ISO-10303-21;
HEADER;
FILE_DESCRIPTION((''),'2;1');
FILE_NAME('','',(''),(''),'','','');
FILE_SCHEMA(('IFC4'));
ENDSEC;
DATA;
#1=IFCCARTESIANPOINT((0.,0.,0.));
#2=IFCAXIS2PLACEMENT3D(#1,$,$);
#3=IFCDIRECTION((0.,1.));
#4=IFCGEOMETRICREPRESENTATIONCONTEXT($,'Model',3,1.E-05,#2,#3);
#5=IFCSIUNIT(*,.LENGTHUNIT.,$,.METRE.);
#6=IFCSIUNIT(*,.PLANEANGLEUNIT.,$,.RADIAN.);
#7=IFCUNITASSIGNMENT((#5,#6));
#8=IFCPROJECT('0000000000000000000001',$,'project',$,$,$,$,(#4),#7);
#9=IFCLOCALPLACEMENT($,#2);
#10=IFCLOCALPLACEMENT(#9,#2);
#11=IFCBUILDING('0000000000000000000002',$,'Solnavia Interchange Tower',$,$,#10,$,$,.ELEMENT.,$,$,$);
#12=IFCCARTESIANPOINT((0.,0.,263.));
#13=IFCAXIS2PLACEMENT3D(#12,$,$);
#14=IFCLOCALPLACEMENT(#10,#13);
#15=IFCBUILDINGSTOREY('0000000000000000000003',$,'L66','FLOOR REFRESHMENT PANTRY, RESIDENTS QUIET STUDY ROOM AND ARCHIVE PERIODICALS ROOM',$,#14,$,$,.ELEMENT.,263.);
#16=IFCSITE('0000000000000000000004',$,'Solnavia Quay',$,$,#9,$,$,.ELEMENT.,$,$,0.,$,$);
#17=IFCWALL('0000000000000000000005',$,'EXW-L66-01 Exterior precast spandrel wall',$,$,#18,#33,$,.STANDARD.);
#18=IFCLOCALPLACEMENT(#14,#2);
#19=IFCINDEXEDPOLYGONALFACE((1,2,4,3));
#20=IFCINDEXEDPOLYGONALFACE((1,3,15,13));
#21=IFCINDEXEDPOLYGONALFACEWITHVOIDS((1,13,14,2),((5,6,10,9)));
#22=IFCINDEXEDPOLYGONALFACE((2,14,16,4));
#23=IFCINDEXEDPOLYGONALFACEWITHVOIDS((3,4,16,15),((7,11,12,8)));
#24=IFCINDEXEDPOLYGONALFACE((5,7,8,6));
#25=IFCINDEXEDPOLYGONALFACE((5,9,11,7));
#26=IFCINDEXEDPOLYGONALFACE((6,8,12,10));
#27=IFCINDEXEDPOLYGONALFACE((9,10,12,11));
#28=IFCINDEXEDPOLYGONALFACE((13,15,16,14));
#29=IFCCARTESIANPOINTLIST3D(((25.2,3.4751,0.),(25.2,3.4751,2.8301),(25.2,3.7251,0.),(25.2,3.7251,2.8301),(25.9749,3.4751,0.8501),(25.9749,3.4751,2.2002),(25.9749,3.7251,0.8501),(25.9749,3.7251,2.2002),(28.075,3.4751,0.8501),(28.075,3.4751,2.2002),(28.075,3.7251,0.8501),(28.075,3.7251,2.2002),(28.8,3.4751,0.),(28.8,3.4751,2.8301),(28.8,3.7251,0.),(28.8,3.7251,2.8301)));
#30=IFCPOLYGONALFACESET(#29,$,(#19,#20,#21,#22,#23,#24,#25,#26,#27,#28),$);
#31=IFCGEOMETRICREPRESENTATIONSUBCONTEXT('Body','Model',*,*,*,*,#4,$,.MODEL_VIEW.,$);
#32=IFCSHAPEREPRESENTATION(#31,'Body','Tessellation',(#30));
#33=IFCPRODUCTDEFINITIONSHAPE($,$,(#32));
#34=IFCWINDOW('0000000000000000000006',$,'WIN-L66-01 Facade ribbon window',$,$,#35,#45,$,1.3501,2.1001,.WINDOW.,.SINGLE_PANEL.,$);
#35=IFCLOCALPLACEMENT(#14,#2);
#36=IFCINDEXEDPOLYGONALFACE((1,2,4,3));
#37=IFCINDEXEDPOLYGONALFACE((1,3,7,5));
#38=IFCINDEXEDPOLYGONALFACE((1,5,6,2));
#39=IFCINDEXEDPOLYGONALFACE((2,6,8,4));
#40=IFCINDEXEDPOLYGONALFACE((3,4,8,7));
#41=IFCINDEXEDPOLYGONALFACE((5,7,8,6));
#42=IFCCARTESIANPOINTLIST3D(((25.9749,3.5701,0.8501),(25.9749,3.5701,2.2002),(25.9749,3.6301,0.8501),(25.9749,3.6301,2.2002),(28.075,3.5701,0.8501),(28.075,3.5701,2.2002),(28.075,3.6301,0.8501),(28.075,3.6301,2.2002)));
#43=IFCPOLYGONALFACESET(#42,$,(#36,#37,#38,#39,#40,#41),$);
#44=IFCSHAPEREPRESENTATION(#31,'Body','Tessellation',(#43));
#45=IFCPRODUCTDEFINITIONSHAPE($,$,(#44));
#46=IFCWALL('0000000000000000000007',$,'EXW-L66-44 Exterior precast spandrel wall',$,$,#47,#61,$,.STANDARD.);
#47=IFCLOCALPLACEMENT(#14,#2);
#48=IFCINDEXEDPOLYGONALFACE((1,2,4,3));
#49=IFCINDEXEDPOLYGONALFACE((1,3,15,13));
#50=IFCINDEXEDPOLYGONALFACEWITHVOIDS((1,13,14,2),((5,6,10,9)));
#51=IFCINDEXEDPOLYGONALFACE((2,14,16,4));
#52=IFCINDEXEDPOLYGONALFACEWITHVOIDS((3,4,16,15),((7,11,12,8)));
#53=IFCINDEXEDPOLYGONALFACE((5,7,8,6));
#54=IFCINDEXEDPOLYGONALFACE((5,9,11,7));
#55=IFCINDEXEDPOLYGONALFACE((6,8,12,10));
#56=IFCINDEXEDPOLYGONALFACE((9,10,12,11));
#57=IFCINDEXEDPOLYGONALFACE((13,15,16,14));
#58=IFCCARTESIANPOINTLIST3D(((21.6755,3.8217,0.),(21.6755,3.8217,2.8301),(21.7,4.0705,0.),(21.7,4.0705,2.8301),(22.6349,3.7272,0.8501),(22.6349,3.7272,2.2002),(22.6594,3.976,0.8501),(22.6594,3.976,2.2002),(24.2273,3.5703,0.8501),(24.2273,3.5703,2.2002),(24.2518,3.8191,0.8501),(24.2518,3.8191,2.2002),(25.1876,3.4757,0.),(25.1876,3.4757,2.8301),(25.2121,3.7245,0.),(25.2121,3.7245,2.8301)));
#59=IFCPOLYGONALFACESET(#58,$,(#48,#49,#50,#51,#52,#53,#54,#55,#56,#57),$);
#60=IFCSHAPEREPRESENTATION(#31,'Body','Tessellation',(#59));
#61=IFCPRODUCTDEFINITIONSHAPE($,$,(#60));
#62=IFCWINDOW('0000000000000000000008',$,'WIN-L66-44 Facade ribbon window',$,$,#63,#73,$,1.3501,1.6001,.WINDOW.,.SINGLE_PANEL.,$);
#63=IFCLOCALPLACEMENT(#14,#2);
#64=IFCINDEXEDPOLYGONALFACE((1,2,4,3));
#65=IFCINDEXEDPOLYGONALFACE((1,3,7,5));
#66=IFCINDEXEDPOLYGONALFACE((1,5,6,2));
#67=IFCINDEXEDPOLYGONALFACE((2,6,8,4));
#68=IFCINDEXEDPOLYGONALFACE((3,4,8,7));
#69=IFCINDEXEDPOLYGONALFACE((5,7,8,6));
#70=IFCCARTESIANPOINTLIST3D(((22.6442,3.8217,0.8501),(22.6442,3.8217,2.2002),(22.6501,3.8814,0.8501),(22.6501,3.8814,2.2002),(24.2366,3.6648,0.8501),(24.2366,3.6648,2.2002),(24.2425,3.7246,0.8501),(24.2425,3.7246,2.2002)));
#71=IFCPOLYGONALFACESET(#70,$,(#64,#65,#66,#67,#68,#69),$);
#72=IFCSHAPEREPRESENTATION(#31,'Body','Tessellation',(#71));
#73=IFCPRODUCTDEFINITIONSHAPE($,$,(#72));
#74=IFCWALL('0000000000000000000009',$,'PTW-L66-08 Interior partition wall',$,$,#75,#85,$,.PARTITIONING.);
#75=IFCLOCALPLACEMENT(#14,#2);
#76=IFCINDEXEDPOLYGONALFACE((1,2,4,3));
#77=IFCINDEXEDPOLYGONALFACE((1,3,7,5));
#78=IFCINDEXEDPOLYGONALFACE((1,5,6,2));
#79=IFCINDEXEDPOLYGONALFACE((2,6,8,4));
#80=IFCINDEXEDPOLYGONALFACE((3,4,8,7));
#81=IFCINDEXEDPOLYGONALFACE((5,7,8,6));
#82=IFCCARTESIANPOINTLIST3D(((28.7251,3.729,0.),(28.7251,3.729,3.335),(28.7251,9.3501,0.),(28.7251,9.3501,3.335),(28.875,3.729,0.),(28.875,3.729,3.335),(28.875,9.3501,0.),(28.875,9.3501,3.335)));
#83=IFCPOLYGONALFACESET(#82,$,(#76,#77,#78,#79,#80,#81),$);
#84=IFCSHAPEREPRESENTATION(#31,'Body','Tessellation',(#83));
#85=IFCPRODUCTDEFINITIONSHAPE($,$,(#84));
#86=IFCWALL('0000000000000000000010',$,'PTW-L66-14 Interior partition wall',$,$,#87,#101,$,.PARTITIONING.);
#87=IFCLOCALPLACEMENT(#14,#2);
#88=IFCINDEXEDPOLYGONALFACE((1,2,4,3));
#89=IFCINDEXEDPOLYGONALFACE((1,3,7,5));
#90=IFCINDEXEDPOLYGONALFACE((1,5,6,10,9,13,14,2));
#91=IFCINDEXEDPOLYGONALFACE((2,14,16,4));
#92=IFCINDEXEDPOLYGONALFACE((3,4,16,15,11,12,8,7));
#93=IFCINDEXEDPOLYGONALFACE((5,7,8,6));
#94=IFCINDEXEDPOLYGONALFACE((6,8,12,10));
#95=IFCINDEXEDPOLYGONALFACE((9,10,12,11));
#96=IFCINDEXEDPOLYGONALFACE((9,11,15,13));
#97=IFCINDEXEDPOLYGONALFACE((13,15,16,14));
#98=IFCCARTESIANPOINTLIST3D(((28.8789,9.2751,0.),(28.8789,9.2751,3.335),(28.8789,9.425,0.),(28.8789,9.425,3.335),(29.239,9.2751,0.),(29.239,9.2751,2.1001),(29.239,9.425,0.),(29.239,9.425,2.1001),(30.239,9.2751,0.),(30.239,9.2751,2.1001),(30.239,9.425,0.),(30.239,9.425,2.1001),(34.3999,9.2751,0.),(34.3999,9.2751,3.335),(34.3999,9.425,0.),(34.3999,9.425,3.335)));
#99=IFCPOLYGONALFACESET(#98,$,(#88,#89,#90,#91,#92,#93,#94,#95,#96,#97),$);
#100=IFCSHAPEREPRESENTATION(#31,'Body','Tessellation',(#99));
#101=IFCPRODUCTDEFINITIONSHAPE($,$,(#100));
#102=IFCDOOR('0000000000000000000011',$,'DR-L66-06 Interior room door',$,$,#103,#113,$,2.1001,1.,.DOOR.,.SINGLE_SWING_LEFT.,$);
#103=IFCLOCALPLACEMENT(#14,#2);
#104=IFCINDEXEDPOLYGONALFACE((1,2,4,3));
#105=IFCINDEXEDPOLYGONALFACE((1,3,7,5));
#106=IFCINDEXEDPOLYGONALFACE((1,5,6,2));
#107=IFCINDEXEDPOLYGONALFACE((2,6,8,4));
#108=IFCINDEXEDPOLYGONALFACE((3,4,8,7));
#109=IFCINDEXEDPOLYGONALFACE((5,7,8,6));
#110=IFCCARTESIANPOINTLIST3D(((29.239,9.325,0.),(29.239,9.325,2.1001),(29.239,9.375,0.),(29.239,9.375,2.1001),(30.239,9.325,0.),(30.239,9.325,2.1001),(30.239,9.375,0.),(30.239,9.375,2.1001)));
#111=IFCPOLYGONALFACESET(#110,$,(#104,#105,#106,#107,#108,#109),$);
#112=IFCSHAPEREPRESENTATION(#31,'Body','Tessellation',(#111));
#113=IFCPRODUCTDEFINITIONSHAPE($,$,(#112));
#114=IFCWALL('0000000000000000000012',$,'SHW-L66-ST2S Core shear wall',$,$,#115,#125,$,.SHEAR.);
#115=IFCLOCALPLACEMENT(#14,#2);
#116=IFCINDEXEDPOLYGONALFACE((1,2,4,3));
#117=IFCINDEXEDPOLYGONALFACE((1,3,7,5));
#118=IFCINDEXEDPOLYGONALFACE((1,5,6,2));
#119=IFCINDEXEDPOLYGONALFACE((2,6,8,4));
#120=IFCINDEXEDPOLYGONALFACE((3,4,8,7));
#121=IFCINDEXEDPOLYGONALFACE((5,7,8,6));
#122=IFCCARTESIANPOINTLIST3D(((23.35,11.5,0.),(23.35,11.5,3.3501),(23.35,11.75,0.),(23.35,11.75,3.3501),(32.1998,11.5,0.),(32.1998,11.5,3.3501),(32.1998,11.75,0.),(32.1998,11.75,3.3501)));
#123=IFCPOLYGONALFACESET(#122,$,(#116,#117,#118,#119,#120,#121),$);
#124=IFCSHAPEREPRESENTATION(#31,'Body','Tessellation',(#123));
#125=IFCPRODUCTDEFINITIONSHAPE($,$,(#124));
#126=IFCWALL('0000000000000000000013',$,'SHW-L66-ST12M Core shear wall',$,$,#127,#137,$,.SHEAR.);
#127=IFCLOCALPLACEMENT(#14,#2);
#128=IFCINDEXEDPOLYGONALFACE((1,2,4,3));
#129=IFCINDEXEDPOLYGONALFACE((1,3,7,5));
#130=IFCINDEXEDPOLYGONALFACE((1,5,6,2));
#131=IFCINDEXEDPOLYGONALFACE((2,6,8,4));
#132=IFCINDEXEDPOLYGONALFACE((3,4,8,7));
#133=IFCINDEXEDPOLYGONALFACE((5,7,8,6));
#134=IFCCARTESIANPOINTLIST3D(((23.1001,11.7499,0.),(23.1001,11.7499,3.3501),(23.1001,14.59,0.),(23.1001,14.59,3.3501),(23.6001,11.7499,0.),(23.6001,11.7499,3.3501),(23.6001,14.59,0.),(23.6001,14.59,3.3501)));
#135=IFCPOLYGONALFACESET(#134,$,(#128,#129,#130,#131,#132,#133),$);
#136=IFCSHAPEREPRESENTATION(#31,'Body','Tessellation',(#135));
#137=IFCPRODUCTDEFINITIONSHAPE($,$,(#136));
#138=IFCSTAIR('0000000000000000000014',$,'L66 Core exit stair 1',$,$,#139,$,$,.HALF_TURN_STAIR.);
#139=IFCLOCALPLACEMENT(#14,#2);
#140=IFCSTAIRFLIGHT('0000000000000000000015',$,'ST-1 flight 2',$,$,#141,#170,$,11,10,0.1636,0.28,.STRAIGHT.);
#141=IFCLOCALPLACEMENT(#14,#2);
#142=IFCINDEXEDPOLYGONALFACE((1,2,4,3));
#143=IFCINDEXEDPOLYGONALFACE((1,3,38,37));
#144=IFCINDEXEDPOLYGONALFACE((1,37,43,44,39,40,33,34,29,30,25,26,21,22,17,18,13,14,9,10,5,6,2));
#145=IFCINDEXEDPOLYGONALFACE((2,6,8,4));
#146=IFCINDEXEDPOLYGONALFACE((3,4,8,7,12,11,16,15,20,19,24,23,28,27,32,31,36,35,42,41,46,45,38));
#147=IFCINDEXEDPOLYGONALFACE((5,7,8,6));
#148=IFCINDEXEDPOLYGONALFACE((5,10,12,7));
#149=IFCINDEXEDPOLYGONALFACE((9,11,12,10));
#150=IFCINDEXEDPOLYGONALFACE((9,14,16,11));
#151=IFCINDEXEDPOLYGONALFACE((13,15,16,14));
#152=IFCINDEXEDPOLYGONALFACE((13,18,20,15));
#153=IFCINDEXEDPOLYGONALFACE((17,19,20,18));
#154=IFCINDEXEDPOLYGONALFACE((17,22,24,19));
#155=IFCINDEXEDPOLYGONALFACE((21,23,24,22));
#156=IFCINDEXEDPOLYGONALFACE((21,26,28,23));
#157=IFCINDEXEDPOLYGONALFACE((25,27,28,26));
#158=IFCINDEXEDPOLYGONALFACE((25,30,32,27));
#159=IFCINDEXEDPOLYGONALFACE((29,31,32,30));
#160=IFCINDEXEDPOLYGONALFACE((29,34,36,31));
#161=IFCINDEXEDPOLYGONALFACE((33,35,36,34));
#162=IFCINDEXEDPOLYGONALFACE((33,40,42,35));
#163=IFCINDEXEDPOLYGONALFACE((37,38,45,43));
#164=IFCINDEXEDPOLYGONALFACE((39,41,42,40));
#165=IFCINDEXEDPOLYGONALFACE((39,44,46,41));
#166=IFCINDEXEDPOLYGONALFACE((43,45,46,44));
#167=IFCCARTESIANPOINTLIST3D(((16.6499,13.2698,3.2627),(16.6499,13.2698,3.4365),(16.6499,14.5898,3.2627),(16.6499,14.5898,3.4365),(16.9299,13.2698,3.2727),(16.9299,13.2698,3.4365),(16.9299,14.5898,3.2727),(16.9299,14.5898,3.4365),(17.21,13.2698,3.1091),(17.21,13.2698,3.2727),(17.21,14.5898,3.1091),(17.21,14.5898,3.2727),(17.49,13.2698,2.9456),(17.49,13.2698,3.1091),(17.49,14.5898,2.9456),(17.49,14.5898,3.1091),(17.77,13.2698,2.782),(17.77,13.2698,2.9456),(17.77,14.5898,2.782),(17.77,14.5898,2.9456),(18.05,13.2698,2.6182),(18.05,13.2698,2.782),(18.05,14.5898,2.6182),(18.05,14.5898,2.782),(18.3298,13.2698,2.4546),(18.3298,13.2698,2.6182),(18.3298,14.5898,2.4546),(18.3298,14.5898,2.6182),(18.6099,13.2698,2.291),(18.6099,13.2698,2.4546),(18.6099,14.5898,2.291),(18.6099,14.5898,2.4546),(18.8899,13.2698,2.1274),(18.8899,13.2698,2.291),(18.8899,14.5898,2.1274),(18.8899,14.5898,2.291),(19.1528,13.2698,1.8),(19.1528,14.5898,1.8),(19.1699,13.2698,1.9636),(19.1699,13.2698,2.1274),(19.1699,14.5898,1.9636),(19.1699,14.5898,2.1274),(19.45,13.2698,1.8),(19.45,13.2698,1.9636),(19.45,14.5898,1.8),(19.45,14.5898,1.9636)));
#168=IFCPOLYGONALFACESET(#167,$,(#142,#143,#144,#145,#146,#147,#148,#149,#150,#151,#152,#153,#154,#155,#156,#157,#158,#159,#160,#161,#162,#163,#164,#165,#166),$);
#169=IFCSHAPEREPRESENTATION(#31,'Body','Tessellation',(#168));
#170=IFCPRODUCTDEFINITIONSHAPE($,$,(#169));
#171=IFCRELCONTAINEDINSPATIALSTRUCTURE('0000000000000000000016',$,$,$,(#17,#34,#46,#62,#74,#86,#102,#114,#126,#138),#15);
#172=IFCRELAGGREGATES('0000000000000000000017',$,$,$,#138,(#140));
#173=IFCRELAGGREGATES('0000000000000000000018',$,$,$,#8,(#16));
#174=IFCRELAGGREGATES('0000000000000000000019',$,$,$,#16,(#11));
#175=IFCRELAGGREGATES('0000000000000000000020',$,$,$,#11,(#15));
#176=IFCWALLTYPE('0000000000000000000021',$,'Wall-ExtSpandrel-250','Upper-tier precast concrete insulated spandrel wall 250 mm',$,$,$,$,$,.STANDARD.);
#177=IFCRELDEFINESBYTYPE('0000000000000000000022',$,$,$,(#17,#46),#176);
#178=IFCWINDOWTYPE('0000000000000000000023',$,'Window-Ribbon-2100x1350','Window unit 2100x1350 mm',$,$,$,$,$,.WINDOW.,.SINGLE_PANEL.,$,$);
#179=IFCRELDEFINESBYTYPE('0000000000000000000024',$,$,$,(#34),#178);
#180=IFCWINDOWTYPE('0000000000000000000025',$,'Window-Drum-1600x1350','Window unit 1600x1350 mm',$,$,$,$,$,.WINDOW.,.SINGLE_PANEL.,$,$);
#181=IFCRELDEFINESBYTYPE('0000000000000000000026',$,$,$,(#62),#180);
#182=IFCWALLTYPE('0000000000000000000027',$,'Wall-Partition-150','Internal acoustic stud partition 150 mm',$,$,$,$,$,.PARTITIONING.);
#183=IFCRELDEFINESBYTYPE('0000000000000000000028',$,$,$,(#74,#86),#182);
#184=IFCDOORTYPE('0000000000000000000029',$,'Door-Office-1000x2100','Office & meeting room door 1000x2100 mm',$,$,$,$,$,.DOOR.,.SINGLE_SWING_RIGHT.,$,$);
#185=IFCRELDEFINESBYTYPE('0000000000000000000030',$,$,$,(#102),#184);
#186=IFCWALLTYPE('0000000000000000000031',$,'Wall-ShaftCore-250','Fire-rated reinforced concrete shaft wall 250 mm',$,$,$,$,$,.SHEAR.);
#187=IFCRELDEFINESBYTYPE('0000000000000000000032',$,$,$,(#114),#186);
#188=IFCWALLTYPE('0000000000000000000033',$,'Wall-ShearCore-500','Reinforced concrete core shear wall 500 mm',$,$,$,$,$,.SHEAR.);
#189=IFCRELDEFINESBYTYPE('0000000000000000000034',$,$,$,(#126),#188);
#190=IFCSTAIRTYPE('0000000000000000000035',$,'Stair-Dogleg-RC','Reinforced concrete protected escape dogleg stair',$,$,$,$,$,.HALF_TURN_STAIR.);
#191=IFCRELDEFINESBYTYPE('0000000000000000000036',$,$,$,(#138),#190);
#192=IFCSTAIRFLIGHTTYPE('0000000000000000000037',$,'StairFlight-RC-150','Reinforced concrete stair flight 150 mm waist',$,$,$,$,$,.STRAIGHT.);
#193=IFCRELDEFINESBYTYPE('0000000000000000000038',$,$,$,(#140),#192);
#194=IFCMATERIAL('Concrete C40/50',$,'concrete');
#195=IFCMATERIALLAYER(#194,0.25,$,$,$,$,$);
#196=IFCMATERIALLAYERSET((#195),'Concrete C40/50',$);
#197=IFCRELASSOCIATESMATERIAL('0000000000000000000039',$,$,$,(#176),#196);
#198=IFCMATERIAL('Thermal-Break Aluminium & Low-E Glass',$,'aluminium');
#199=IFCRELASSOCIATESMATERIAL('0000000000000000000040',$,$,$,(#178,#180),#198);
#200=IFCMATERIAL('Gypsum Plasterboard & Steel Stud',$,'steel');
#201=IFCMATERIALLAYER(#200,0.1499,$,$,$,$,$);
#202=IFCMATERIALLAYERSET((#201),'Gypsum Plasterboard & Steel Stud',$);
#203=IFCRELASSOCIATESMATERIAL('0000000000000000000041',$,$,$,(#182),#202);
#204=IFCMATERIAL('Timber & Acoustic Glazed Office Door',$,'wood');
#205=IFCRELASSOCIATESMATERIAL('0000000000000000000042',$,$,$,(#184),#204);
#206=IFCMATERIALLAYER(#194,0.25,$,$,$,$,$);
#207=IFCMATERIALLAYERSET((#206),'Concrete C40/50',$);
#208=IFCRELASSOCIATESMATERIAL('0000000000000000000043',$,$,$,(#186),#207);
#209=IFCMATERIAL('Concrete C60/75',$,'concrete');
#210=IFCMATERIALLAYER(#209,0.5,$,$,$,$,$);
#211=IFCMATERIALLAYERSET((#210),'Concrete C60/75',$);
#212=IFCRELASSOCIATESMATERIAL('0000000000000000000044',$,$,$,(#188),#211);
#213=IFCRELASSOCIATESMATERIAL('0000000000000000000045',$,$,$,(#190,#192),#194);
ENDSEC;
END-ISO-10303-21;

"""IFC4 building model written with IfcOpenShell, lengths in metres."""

from ifc_helpers import new_model, si_unit, direction, frame, frame_2d, origin, place, context, subcontext, project, spatial, polyline, rectangle, outline, extrude, material, layer, layer_set, type_object, element, fill, aggregate, save


model = new_model("IFC4")

# Units and contexts
model_context = context("Model", 3, precision=1e-05, world=origin(), true_north=direction((0.0, 1.0)))
body_context = subcontext(model_context, "Body", "Model", "MODEL_VIEW")
ifc_project = project(units=[si_unit("LENGTHUNIT", "METRE"), si_unit("PLANEANGLEUNIT", "RADIAN")], contexts=[model_context])

# Site, building, storey
site_placement = place(None, origin())
site = spatial("IfcSite", under=ifc_project, at=site_placement, Name="Solnavia Quay", CompositionType="ELEMENT", RefElevation=0.0)
building_placement = place(site_placement, origin())
building = spatial("IfcBuilding", under=site, at=building_placement, Name="Solnavia Interchange Tower", CompositionType="ELEMENT")
storey_placement = place(building_placement, frame((0.0, 0.0, 263.0)))
storey = spatial("IfcBuildingStorey", under=building, at=storey_placement, Name="L66", Description="FLOOR REFRESHMENT PANTRY, RESIDENTS QUIET STUDY ROOM AND ARCHIVE PERIODICALS ROOM", CompositionType="ELEMENT", Elevation=263.0)

# Walls, openings, windows
ifc_material_1 = material(Name="Concrete C40/50", Category="concrete")
ifc_layer_1 = layer(ifc_material_1, 0.25)
ifc_layer_set_1 = layer_set([ifc_layer_1], Name="Concrete C40/50")
wall_type_1 = type_object("IfcWallType", Name="Wall-ExtSpandrel-250", Description="Upper-tier precast concrete insulated spandrel wall 250 mm", PredefinedType="STANDARD", material=ifc_layer_set_1)
wall_1_placement = place(storey_placement, frame((28.8, 3.6001, 0.0), z_axis=(0.0, 0.0, 1.0), x_axis=(-1.0, 0.0, 0.0)))
wall_1 = element("IfcWall", 1, at=wall_1_placement, inside=storey, type_object=wall_type_1, Name="EXW-L66-01 Exterior precast spandrel wall", PredefinedType="STANDARD", context=body_context, shape_type="SweptSolid", body=[
    extrude(rectangle(XDim=3.6001, YDim=0.25, at=frame_2d((1.8, 0.0))), origin(), (0.0, 0.0, 1.0), 2.8301),
])
opening_1_placement = place(wall_1_placement, frame((0.7251, 0.0, 0.8501)))
opening_1 = element("IfcOpeningElement", 2, at=opening_1_placement, cuts=wall_1, PredefinedType="OPENING", context=body_context, shape_type="SweptSolid", body=[
    extrude(rectangle(XDim=2.1001, YDim=1.3501, at=frame_2d((1.05, 0.675))), frame((0.0, 0.135, 0.0), z_axis=(0.0, -1.0, 0.0), x_axis=(1.0, 0.0, 0.0)), (0.0, 0.0, 1.0), 0.27),
])
ifc_material_2 = material(Name="Thermal-Break Aluminium & Low-E Glass", Category="aluminium")
window_type_1 = type_object("IfcWindowType", Name="Window-Ribbon-2100x1350", Description="Window unit 2100x1350 mm", PartitioningType="SINGLE_PANEL", PredefinedType="WINDOW", material=ifc_material_2)
window_1_placement = place(opening_1_placement, origin())
window_1 = element("IfcWindow", 3, at=window_1_placement, inside=storey, type_object=window_type_1, Name="WIN-L66-01 Facade ribbon window", OverallHeight=1.3501, OverallWidth=2.1001, PartitioningType="SINGLE_PANEL", PredefinedType="WINDOW", context=body_context, shape_type="SweptSolid", body=[
    extrude(rectangle(XDim=2.1001, YDim=1.3501, at=frame_2d((1.05, 0.675))), frame((0.0, 0.03, 0.0), z_axis=(0.0, -1.0, 0.0), x_axis=(1.0, 0.0, 0.0)), (0.0, 0.0, 1.0), 0.0601),
])
fill(opening_1, window_1)
wall_2_placement = place(storey_placement, frame((25.2, 3.6001, 0.0), z_axis=(0.0, 0.0, 1.0), x_axis=(-0.995183, 0.098031, 0.0)))
wall_2 = element("IfcWall", 4, at=wall_2_placement, inside=storey, type_object=wall_type_1, Name="EXW-L66-44 Exterior precast spandrel wall", PredefinedType="STANDARD", context=body_context, shape_type="SweptSolid", body=[
    extrude(rectangle(XDim=3.5291, YDim=0.25, at=frame_2d((1.7646, 0.0))), origin(), (0.0, 0.0, 1.0), 2.8301),
])
opening_2_placement = place(wall_2_placement, frame((0.9651, 0.0, 0.8501)))
opening_2 = element("IfcOpeningElement", 5, at=opening_2_placement, cuts=wall_2, PredefinedType="OPENING", context=body_context, shape_type="SweptSolid", body=[
    extrude(rectangle(XDim=1.6001, YDim=1.3501, at=frame_2d((0.8, 0.675))), frame((0.0, 0.135, 0.0), z_axis=(0.0, -1.0, 0.0), x_axis=(1.0, 0.0, 0.0)), (0.0, 0.0, 1.0), 0.27),
])
window_type_2 = type_object("IfcWindowType", Name="Window-Drum-1600x1350", Description="Window unit 1600x1350 mm", PartitioningType="SINGLE_PANEL", PredefinedType="WINDOW", material=ifc_material_2)
window_2_placement = place(opening_2_placement, origin())
window_2 = element("IfcWindow", 6, at=window_2_placement, inside=storey, type_object=window_type_2, Name="WIN-L66-44 Facade ribbon window", OverallHeight=1.3501, OverallWidth=1.6001, PartitioningType="SINGLE_PANEL", PredefinedType="WINDOW", context=body_context, shape_type="SweptSolid", body=[
    extrude(rectangle(XDim=1.6001, YDim=1.3501, at=frame_2d((0.8, 0.675))), frame((0.0, 0.03, 0.0), z_axis=(0.0, -1.0, 0.0), x_axis=(1.0, 0.0, 0.0)), (0.0, 0.0, 1.0), 0.0601),
])
fill(opening_2, window_2)

# Wall
ifc_material_3 = material(Name="Gypsum Plasterboard & Steel Stud", Category="steel")
ifc_layer_2 = layer(ifc_material_3, 0.1499)
ifc_layer_set_2 = layer_set([ifc_layer_2], Name="Gypsum Plasterboard & Steel Stud")
wall_type_2 = type_object("IfcWallType", Name="Wall-Partition-150", Description="Internal acoustic stud partition 150 mm", PredefinedType="PARTITIONING", material=ifc_layer_set_2)
wall_3_placement = place(storey_placement, frame((28.8, 9.3501, 0.0), z_axis=(0.0, 0.0, 1.0), x_axis=(0.0, -1.0, 0.0)))
element("IfcWall", 7, at=wall_3_placement, inside=storey, type_object=wall_type_2, Name="PTW-L66-08 Interior partition wall", PredefinedType="PARTITIONING", context=body_context, shape_type="SweptSolid", body=[
    extrude(rectangle(XDim=5.6211, YDim=0.1499, at=frame_2d((2.8105, 0.0))), origin(), (0.0, 0.0, 1.0), 3.335),
])

# Wall, opening, door
wall_4_placement = place(storey_placement, frame((28.8789, 9.3501, 0.0), z_axis=(0.0, 0.0, 1.0), x_axis=(1.0, 0.0, 0.0)))
wall_4 = element("IfcWall", 8, at=wall_4_placement, inside=storey, type_object=wall_type_2, Name="PTW-L66-14 Interior partition wall", PredefinedType="PARTITIONING", context=body_context, shape_type="SweptSolid", body=[
    extrude(rectangle(XDim=5.521, YDim=0.1499, at=frame_2d((2.7605, 0.0))), origin(), (0.0, 0.0, 1.0), 3.335),
])
opening_3_placement = place(wall_4_placement, frame((0.3601, 0.0, 0.0)))
opening_3 = element("IfcOpeningElement", 9, at=opening_3_placement, cuts=wall_4, PredefinedType="OPENING", context=body_context, shape_type="SweptSolid", body=[
    extrude(rectangle(XDim=1.0, YDim=2.1001, at=frame_2d((0.5, 1.05))), frame((0.0, 0.085, 0.0), z_axis=(0.0, -1.0, 0.0), x_axis=(1.0, 0.0, 0.0)), (0.0, 0.0, 1.0), 0.1699),
])
ifc_material_4 = material(Name="Timber & Acoustic Glazed Office Door", Category="wood")
door_type = type_object("IfcDoorType", Name="Door-Office-1000x2100", Description="Office & meeting room door 1000x2100 mm", OperationType="SINGLE_SWING_RIGHT", PredefinedType="DOOR", material=ifc_material_4)
door_placement = place(opening_3_placement, origin())
door = element("IfcDoor", 10, at=door_placement, inside=storey, type_object=door_type, Name="DR-L66-06 Interior room door", OperationType="SINGLE_SWING_LEFT", OverallHeight=2.1001, OverallWidth=1.0, PredefinedType="DOOR", context=body_context, shape_type="SweptSolid", body=[
    extrude(rectangle(XDim=1.0, YDim=2.1001, at=frame_2d((0.5, 1.05))), frame((0.0, 0.0249, 0.0), z_axis=(0.0, -1.0, 0.0), x_axis=(1.0, 0.0, 0.0)), (0.0, 0.0, 1.0), 0.05),
])
fill(opening_3, door)

# Walls
ifc_layer_3 = layer(ifc_material_1, 0.25)
ifc_layer_set_3 = layer_set([ifc_layer_3], Name="Concrete C40/50")
wall_type_3 = type_object("IfcWallType", Name="Wall-ShaftCore-250", Description="Fire-rated reinforced concrete shaft wall 250 mm", PredefinedType="SHEAR", material=ifc_layer_set_3)
wall_5_placement = place(storey_placement, frame((23.3501, 11.625, 0.0), z_axis=(0.0, 0.0, 1.0), x_axis=(1.0, 0.0, 0.0)))
element("IfcWall", 11, at=wall_5_placement, inside=storey, type_object=wall_type_3, Name="SHW-L66-ST2S Core shear wall", PredefinedType="SHEAR", context=body_context, shape_type="SweptSolid", body=[
    extrude(rectangle(XDim=8.8499, YDim=0.25, at=frame_2d((4.4248, 0.0))), origin(), (0.0, 0.0, 1.0), 3.3501),
])
ifc_material_5 = material(Name="Concrete C60/75", Category="concrete")
ifc_layer_4 = layer(ifc_material_5, 0.5)
ifc_layer_set_4 = layer_set([ifc_layer_4], Name="Concrete C60/75")
wall_type_4 = type_object("IfcWallType", Name="Wall-ShearCore-500", Description="Reinforced concrete core shear wall 500 mm", PredefinedType="SHEAR", material=ifc_layer_set_4)
wall_6_placement = place(storey_placement, frame((23.3501, 11.75, 0.0), z_axis=(0.0, 0.0, 1.0), x_axis=(0.0, 1.0, 0.0)))
element("IfcWall", 12, at=wall_6_placement, inside=storey, type_object=wall_type_4, Name="SHW-L66-ST12M Core shear wall", PredefinedType="SHEAR", context=body_context, shape_type="SweptSolid", body=[
    extrude(rectangle(XDim=2.8401, YDim=0.5, at=frame_2d((1.4199, 0.0))), origin(), (0.0, 0.0, 1.0), 3.3501),
])

# Stair, stair flight
stair_type = type_object("IfcStairType", Name="Stair-Dogleg-RC", Description="Reinforced concrete protected escape dogleg stair", PredefinedType="HALF_TURN_STAIR", material=ifc_material_1)
stair_1_placement = place(storey_placement, origin())
stair_1 = element("IfcStair", 13, at=stair_1_placement, inside=storey, type_object=stair_type, Name="L66 Core exit stair 1", PredefinedType="HALF_TURN_STAIR")
stair_flight_type = type_object("IfcStairFlightType", Name="StairFlight-RC-150", Description="Reinforced concrete stair flight 150 mm waist", PredefinedType="STRAIGHT", material=ifc_material_1)
stair_flight_1_placement = place(storey_placement, frame((19.45, 13.9299, 1.8), z_axis=(0.0, 0.0, 1.0), x_axis=(-1.0, 0.0, 0.0)))
stair_flight_1 = element("IfcStairFlight", 14, at=stair_flight_1_placement, type_object=stair_flight_type, Name="ST-1 flight 2", NumberOfRisers=11, NumberOfTreads=10, PredefinedType="STRAIGHT", RiserHeight=0.1636, TreadLength=0.28, context=body_context, shape_type="SweptSolid", body=[
    extrude(outline(polyline([(0.0, 0.0), (0.0, 0.1636), (0.28, 0.1636), (0.28, 0.3274), (0.5601, 0.3274), (0.5601, 0.491), (0.8401, 0.491), (0.8401, 0.6545), (1.1201, 0.6545), (1.1201, 0.8181), (1.3999, 0.8181), (1.3999, 0.9819), (1.6799, 0.9819), (1.6799, 1.1455), (1.96, 1.1455), (1.96, 1.3091), (2.24, 1.3091), (2.24, 1.4727), (2.52, 1.4727), (2.52, 1.6365), (2.8, 1.6365), (2.8, 1.8), (2.8, 1.4626), (0.2971, 0.0), (0.0, 0.0)])), frame((0.0, 0.6602, 0.0), z_axis=(0.0, -1.0, 0.0), x_axis=(1.0, 0.0, 0.0)), (0.0, 0.0, 1.0), 1.3201),
])
aggregate(stair_1, [stair_flight_1])

save(model, "model.ifc")
